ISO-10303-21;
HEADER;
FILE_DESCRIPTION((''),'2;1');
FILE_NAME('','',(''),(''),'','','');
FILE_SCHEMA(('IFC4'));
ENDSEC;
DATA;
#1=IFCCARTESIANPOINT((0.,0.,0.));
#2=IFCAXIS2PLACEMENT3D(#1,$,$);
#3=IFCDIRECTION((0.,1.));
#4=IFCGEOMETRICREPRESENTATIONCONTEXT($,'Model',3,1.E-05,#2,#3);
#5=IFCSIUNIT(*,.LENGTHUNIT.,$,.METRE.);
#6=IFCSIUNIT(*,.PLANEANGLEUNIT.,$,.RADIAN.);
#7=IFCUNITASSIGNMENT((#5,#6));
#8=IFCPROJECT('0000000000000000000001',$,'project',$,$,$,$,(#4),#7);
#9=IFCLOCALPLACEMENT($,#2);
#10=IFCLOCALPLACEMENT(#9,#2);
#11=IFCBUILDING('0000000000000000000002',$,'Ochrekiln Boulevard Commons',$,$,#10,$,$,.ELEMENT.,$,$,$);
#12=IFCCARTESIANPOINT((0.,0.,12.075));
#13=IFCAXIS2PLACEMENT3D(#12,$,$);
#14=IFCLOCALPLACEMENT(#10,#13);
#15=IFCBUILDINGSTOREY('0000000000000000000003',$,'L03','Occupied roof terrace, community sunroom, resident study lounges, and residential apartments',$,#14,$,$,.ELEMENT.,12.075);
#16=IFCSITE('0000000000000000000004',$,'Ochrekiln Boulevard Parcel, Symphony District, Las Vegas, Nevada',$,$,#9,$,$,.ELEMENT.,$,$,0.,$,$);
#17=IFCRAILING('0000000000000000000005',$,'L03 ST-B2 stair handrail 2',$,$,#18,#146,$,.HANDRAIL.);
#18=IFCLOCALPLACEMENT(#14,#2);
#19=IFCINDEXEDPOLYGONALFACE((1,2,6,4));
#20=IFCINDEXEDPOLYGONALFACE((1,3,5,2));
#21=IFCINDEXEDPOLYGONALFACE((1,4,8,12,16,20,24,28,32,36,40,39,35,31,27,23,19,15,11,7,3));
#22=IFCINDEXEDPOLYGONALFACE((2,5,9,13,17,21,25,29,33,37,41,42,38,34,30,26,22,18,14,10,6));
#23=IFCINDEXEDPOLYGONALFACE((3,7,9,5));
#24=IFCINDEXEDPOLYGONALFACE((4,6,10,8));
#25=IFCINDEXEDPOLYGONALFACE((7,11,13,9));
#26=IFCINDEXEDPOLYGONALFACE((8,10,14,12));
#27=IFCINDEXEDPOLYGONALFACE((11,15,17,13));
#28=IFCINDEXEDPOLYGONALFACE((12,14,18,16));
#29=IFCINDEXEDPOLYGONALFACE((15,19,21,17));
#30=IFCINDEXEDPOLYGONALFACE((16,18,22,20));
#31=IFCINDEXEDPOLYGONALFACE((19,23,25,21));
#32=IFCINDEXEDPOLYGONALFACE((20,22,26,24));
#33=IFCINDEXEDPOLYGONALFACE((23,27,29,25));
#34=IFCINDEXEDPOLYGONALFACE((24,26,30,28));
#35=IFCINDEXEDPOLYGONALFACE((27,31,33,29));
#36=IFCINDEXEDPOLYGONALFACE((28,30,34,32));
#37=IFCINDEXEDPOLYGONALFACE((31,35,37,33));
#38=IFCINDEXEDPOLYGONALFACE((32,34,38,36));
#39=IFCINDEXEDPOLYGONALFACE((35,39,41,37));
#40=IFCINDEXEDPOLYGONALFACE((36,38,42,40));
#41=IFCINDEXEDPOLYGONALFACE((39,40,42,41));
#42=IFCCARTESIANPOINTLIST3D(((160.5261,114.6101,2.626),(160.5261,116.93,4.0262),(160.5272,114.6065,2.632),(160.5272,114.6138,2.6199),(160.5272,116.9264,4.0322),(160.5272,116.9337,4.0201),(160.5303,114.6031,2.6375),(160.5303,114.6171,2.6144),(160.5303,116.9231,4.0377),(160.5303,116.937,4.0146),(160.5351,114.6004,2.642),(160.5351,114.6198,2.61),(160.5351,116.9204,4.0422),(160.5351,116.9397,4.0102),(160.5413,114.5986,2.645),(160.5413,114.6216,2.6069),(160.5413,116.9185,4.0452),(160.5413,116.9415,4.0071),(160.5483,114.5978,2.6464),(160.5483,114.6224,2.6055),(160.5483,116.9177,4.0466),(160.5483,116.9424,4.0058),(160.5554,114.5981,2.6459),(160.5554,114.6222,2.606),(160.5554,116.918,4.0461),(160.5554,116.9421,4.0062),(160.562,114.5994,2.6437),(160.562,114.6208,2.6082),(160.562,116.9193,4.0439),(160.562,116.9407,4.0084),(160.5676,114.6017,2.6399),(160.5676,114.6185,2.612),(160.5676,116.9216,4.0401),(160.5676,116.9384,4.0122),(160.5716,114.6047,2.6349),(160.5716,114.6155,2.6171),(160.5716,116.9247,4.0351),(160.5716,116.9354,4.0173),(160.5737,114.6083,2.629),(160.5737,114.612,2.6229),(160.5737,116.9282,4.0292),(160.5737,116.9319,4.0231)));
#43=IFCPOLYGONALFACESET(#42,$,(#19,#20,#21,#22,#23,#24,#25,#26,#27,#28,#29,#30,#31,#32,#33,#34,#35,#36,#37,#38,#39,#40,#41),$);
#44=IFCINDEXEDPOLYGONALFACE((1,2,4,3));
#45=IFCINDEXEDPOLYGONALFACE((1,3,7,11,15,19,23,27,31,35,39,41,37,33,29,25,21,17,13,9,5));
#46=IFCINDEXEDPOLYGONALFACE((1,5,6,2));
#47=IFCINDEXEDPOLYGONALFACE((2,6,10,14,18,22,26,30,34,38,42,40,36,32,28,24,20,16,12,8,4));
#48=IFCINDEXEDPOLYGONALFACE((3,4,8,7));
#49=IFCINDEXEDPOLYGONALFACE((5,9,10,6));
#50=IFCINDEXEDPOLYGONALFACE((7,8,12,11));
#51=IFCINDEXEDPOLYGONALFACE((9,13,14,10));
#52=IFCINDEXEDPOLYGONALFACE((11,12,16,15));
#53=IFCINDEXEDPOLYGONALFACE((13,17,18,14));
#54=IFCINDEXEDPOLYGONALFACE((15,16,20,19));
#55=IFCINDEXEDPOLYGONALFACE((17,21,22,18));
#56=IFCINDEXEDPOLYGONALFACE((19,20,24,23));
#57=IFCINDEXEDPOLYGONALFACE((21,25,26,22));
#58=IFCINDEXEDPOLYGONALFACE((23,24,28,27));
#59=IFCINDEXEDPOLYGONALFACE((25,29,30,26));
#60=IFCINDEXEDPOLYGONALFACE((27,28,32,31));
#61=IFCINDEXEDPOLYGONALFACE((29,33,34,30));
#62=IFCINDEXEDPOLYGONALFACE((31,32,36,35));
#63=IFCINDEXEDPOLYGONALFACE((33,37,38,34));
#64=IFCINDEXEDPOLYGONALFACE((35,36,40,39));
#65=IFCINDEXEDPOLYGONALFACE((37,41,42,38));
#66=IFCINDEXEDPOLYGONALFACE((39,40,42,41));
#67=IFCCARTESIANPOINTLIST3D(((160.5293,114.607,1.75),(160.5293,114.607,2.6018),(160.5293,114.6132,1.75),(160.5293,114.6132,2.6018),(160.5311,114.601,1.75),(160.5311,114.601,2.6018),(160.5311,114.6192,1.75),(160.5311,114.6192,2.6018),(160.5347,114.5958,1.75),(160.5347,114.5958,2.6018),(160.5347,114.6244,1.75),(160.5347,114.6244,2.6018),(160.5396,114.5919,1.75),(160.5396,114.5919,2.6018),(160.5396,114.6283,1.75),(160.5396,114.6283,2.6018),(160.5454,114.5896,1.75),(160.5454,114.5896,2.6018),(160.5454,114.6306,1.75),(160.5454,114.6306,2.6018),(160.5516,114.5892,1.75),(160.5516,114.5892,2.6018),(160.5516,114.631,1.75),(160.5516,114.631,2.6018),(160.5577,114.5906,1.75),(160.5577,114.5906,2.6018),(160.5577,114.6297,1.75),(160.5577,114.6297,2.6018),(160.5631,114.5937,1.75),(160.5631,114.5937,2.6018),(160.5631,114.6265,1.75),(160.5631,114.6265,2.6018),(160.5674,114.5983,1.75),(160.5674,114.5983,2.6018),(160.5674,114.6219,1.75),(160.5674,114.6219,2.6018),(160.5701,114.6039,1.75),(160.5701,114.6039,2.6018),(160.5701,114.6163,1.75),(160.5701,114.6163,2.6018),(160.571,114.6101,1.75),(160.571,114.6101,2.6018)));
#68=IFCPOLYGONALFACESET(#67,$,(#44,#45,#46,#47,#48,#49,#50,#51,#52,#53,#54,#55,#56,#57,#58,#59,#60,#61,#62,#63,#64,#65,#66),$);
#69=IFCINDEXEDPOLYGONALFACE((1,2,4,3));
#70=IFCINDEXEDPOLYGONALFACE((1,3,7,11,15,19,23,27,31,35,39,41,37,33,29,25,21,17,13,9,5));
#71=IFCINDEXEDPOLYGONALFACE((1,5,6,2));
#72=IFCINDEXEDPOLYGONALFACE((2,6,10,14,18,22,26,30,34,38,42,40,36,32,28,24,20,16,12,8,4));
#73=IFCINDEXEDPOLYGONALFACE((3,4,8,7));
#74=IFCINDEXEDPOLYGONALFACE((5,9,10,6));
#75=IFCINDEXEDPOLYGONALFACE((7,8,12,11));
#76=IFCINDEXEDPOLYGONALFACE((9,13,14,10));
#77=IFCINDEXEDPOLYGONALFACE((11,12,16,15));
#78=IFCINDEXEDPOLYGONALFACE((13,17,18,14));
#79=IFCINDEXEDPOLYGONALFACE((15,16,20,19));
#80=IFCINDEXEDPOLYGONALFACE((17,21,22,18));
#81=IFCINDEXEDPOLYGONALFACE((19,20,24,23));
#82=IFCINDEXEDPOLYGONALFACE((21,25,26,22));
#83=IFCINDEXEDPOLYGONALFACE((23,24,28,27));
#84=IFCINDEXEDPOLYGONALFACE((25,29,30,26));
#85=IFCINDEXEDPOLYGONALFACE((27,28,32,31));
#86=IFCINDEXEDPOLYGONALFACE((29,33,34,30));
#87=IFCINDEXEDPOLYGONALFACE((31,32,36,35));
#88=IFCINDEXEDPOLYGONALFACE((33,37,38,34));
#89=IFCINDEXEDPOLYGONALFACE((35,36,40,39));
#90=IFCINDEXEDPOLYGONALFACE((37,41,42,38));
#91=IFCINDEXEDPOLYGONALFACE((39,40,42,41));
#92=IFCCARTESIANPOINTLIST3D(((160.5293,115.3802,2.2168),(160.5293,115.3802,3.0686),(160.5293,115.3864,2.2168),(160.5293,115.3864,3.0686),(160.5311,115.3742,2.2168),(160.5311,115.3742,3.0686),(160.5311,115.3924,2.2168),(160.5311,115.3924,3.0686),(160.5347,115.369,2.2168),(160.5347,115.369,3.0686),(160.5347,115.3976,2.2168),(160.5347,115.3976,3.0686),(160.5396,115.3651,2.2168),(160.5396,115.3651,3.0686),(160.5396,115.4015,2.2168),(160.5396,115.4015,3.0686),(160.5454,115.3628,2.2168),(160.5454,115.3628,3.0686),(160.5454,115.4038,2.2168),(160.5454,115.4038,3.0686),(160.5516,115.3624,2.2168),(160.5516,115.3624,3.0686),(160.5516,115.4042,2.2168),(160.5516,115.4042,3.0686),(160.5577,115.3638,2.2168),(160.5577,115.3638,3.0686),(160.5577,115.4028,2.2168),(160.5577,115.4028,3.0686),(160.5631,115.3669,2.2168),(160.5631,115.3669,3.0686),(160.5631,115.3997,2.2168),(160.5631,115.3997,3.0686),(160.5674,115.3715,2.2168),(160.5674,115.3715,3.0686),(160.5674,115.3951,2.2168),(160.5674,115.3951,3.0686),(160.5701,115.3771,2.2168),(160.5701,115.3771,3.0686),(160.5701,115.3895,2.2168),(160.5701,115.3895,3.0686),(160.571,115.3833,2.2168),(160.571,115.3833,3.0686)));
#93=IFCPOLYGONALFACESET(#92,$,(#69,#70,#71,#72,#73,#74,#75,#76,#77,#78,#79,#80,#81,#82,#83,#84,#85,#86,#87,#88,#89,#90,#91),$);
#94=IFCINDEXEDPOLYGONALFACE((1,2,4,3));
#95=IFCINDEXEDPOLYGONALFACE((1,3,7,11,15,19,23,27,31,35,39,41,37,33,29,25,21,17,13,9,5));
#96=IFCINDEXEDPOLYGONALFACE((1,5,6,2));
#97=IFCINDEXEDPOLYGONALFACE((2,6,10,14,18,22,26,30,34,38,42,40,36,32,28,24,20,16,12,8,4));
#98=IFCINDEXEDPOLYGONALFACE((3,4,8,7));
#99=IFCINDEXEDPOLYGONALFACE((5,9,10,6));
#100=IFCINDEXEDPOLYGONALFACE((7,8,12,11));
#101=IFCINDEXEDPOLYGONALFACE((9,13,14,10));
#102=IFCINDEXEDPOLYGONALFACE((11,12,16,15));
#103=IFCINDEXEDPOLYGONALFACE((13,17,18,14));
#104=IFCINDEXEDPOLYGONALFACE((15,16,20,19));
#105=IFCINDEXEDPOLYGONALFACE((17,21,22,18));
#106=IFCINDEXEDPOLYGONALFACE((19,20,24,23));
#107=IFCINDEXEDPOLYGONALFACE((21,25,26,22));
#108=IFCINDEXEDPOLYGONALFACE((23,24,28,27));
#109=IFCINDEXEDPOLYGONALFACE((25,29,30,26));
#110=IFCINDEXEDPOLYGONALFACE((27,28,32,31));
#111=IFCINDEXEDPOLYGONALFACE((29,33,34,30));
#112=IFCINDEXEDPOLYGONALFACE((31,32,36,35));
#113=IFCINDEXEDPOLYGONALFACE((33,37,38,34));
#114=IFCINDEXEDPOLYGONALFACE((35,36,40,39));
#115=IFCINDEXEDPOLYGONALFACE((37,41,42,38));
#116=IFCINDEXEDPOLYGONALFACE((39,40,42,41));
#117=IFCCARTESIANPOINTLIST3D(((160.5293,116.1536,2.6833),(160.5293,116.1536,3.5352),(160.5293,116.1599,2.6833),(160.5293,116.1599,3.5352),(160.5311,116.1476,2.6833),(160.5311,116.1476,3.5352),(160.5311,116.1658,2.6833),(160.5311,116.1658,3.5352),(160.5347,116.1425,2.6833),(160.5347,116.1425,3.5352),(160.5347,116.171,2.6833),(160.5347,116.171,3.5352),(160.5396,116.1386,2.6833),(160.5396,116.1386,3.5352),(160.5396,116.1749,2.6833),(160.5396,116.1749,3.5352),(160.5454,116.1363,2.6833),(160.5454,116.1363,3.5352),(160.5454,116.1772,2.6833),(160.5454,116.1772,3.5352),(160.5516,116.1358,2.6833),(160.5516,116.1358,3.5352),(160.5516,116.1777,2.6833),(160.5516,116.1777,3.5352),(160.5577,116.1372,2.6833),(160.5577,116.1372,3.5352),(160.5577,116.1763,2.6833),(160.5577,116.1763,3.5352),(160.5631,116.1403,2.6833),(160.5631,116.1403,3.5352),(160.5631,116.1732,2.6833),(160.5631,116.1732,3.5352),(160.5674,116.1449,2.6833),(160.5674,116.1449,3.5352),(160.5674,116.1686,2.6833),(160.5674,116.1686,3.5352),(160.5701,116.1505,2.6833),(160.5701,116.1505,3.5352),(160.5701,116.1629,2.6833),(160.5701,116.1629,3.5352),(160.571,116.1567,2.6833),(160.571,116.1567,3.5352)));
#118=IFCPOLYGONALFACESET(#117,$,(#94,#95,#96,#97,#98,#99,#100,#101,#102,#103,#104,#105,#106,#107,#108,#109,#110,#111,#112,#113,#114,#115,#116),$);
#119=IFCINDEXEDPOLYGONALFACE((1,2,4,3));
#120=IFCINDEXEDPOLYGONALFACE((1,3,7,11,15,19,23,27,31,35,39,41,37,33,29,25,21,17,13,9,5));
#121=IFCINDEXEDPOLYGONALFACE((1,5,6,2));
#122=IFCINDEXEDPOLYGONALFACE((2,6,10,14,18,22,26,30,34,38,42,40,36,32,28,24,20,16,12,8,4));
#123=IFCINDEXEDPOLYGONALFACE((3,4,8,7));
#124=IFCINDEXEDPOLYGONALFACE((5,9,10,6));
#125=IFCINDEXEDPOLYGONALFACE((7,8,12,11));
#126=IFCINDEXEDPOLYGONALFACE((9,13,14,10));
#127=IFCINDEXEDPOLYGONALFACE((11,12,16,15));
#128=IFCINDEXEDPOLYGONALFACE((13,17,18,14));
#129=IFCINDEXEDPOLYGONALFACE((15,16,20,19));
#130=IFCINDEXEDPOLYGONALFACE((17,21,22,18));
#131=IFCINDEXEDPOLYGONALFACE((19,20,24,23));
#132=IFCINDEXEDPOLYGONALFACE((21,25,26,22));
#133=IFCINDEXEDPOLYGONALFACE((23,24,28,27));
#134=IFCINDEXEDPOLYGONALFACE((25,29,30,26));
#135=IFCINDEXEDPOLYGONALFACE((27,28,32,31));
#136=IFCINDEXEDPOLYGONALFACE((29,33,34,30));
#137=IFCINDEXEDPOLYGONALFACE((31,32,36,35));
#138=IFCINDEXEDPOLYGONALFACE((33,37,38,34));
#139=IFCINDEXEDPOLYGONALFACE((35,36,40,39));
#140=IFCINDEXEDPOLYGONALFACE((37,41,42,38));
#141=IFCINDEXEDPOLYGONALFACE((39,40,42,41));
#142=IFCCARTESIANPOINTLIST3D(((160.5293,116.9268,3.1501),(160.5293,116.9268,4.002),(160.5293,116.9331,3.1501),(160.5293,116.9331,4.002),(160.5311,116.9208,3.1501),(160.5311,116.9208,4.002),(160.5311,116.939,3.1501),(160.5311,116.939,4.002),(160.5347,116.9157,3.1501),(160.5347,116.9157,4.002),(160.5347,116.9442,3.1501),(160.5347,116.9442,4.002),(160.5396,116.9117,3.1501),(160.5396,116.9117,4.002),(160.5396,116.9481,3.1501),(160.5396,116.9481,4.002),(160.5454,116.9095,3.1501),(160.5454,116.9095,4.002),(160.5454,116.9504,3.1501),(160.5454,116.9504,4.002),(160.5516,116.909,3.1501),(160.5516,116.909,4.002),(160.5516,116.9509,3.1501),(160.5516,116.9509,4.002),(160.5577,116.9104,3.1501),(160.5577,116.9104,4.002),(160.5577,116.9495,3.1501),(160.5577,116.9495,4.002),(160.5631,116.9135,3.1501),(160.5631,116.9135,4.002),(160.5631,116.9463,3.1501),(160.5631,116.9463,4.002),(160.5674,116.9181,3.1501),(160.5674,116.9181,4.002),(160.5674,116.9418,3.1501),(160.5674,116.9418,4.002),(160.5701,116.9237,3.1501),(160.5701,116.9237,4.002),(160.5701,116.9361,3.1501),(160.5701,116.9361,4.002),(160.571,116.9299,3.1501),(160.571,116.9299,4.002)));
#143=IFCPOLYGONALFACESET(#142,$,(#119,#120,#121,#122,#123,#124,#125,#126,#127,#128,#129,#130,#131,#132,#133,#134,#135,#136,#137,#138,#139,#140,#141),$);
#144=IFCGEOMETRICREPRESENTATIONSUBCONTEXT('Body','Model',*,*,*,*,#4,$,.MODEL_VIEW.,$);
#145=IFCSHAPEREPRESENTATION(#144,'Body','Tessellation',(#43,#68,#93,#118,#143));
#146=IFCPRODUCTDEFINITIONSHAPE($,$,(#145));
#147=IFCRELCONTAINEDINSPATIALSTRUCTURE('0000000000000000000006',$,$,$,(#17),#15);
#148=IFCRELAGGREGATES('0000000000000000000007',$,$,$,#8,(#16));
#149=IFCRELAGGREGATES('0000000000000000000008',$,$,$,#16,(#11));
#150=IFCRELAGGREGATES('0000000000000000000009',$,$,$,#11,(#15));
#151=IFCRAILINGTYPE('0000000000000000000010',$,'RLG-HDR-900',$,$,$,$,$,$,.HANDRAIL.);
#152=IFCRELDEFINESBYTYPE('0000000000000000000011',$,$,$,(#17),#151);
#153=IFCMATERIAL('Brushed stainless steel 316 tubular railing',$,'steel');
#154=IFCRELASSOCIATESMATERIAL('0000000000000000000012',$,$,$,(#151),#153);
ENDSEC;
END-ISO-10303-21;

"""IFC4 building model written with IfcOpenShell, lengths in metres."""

from ifc_helpers import new_model, si_unit, direction, frame, origin, origin_2d, place, context, subcontext, project, spatial, circle, extrude, material, type_object, element, save


model = new_model("IFC4")

# Units and contexts
model_context = context("Model", 3, precision=1e-05, world=origin(), true_north=direction((0.0, 1.0)))
body_context = subcontext(model_context, "Body", "Model", "MODEL_VIEW")
ifc_project = project(units=[si_unit("LENGTHUNIT", "METRE"), si_unit("PLANEANGLEUNIT", "RADIAN")], contexts=[model_context])

# Site, building, storey
site_placement = place(None, origin())
site = spatial("IfcSite", under=ifc_project, at=site_placement, Name="Ochrekiln Boulevard Parcel, Symphony District, Las Vegas, Nevada", CompositionType="ELEMENT", RefElevation=0.0)
building_placement = place(site_placement, origin())
building = spatial("IfcBuilding", under=site, at=building_placement, Name="Ochrekiln Boulevard Commons", CompositionType="ELEMENT")
storey_placement = place(building_placement, frame((0.0, 0.0, 12.075)))
storey = spatial("IfcBuildingStorey", under=building, at=storey_placement, Name="L03", Description="Occupied roof terrace, community sunroom, resident study lounges, and residential apartments", CompositionType="ELEMENT", Elevation=12.075)

# Railing
ifc_material_1 = material(Name="Brushed stainless steel 316 tubular railing", Category="steel")
railing_type_1 = type_object("IfcRailingType", Name="RLG-HDR-900", PredefinedType="HANDRAIL", material=ifc_material_1)
railing_1_placement = place(storey_placement, frame((160.55, 114.6101, 1.75)))
element("IfcRailing", 1, at=railing_1_placement, inside=storey, type_object=railing_type_1, Name="L03 ST-B2 stair handrail 2", PredefinedType="HANDRAIL", context=body_context, shape_type="SweptSolid", body=[
    extrude(circle(Radius=0.0239, at=origin_2d()), frame((0.0, 0.0, 0.876), z_axis=(0.0, 0.856146, 0.516733), x_axis=(-1.0, 0.0, 0.0)), (0.0, 0.0, 1.0), 2.7097),
    extrude(circle(Radius=0.021, at=origin_2d()), origin(), (0.0, 0.0, 1.0), 0.8518),
    extrude(circle(Radius=0.021, at=origin_2d()), frame((0.0, 0.7732, 0.4668)), (0.0, 0.0, 1.0), 0.8518),
    extrude(circle(Radius=0.021, at=origin_2d()), frame((0.0, 1.5466, 0.9333)), (0.0, 0.0, 1.0), 0.8518),
    extrude(circle(Radius=0.021, at=origin_2d()), frame((0.0, 2.3198, 1.4001)), (0.0, 0.0, 1.0), 0.8518),
])

save(model, "model.ifc")
